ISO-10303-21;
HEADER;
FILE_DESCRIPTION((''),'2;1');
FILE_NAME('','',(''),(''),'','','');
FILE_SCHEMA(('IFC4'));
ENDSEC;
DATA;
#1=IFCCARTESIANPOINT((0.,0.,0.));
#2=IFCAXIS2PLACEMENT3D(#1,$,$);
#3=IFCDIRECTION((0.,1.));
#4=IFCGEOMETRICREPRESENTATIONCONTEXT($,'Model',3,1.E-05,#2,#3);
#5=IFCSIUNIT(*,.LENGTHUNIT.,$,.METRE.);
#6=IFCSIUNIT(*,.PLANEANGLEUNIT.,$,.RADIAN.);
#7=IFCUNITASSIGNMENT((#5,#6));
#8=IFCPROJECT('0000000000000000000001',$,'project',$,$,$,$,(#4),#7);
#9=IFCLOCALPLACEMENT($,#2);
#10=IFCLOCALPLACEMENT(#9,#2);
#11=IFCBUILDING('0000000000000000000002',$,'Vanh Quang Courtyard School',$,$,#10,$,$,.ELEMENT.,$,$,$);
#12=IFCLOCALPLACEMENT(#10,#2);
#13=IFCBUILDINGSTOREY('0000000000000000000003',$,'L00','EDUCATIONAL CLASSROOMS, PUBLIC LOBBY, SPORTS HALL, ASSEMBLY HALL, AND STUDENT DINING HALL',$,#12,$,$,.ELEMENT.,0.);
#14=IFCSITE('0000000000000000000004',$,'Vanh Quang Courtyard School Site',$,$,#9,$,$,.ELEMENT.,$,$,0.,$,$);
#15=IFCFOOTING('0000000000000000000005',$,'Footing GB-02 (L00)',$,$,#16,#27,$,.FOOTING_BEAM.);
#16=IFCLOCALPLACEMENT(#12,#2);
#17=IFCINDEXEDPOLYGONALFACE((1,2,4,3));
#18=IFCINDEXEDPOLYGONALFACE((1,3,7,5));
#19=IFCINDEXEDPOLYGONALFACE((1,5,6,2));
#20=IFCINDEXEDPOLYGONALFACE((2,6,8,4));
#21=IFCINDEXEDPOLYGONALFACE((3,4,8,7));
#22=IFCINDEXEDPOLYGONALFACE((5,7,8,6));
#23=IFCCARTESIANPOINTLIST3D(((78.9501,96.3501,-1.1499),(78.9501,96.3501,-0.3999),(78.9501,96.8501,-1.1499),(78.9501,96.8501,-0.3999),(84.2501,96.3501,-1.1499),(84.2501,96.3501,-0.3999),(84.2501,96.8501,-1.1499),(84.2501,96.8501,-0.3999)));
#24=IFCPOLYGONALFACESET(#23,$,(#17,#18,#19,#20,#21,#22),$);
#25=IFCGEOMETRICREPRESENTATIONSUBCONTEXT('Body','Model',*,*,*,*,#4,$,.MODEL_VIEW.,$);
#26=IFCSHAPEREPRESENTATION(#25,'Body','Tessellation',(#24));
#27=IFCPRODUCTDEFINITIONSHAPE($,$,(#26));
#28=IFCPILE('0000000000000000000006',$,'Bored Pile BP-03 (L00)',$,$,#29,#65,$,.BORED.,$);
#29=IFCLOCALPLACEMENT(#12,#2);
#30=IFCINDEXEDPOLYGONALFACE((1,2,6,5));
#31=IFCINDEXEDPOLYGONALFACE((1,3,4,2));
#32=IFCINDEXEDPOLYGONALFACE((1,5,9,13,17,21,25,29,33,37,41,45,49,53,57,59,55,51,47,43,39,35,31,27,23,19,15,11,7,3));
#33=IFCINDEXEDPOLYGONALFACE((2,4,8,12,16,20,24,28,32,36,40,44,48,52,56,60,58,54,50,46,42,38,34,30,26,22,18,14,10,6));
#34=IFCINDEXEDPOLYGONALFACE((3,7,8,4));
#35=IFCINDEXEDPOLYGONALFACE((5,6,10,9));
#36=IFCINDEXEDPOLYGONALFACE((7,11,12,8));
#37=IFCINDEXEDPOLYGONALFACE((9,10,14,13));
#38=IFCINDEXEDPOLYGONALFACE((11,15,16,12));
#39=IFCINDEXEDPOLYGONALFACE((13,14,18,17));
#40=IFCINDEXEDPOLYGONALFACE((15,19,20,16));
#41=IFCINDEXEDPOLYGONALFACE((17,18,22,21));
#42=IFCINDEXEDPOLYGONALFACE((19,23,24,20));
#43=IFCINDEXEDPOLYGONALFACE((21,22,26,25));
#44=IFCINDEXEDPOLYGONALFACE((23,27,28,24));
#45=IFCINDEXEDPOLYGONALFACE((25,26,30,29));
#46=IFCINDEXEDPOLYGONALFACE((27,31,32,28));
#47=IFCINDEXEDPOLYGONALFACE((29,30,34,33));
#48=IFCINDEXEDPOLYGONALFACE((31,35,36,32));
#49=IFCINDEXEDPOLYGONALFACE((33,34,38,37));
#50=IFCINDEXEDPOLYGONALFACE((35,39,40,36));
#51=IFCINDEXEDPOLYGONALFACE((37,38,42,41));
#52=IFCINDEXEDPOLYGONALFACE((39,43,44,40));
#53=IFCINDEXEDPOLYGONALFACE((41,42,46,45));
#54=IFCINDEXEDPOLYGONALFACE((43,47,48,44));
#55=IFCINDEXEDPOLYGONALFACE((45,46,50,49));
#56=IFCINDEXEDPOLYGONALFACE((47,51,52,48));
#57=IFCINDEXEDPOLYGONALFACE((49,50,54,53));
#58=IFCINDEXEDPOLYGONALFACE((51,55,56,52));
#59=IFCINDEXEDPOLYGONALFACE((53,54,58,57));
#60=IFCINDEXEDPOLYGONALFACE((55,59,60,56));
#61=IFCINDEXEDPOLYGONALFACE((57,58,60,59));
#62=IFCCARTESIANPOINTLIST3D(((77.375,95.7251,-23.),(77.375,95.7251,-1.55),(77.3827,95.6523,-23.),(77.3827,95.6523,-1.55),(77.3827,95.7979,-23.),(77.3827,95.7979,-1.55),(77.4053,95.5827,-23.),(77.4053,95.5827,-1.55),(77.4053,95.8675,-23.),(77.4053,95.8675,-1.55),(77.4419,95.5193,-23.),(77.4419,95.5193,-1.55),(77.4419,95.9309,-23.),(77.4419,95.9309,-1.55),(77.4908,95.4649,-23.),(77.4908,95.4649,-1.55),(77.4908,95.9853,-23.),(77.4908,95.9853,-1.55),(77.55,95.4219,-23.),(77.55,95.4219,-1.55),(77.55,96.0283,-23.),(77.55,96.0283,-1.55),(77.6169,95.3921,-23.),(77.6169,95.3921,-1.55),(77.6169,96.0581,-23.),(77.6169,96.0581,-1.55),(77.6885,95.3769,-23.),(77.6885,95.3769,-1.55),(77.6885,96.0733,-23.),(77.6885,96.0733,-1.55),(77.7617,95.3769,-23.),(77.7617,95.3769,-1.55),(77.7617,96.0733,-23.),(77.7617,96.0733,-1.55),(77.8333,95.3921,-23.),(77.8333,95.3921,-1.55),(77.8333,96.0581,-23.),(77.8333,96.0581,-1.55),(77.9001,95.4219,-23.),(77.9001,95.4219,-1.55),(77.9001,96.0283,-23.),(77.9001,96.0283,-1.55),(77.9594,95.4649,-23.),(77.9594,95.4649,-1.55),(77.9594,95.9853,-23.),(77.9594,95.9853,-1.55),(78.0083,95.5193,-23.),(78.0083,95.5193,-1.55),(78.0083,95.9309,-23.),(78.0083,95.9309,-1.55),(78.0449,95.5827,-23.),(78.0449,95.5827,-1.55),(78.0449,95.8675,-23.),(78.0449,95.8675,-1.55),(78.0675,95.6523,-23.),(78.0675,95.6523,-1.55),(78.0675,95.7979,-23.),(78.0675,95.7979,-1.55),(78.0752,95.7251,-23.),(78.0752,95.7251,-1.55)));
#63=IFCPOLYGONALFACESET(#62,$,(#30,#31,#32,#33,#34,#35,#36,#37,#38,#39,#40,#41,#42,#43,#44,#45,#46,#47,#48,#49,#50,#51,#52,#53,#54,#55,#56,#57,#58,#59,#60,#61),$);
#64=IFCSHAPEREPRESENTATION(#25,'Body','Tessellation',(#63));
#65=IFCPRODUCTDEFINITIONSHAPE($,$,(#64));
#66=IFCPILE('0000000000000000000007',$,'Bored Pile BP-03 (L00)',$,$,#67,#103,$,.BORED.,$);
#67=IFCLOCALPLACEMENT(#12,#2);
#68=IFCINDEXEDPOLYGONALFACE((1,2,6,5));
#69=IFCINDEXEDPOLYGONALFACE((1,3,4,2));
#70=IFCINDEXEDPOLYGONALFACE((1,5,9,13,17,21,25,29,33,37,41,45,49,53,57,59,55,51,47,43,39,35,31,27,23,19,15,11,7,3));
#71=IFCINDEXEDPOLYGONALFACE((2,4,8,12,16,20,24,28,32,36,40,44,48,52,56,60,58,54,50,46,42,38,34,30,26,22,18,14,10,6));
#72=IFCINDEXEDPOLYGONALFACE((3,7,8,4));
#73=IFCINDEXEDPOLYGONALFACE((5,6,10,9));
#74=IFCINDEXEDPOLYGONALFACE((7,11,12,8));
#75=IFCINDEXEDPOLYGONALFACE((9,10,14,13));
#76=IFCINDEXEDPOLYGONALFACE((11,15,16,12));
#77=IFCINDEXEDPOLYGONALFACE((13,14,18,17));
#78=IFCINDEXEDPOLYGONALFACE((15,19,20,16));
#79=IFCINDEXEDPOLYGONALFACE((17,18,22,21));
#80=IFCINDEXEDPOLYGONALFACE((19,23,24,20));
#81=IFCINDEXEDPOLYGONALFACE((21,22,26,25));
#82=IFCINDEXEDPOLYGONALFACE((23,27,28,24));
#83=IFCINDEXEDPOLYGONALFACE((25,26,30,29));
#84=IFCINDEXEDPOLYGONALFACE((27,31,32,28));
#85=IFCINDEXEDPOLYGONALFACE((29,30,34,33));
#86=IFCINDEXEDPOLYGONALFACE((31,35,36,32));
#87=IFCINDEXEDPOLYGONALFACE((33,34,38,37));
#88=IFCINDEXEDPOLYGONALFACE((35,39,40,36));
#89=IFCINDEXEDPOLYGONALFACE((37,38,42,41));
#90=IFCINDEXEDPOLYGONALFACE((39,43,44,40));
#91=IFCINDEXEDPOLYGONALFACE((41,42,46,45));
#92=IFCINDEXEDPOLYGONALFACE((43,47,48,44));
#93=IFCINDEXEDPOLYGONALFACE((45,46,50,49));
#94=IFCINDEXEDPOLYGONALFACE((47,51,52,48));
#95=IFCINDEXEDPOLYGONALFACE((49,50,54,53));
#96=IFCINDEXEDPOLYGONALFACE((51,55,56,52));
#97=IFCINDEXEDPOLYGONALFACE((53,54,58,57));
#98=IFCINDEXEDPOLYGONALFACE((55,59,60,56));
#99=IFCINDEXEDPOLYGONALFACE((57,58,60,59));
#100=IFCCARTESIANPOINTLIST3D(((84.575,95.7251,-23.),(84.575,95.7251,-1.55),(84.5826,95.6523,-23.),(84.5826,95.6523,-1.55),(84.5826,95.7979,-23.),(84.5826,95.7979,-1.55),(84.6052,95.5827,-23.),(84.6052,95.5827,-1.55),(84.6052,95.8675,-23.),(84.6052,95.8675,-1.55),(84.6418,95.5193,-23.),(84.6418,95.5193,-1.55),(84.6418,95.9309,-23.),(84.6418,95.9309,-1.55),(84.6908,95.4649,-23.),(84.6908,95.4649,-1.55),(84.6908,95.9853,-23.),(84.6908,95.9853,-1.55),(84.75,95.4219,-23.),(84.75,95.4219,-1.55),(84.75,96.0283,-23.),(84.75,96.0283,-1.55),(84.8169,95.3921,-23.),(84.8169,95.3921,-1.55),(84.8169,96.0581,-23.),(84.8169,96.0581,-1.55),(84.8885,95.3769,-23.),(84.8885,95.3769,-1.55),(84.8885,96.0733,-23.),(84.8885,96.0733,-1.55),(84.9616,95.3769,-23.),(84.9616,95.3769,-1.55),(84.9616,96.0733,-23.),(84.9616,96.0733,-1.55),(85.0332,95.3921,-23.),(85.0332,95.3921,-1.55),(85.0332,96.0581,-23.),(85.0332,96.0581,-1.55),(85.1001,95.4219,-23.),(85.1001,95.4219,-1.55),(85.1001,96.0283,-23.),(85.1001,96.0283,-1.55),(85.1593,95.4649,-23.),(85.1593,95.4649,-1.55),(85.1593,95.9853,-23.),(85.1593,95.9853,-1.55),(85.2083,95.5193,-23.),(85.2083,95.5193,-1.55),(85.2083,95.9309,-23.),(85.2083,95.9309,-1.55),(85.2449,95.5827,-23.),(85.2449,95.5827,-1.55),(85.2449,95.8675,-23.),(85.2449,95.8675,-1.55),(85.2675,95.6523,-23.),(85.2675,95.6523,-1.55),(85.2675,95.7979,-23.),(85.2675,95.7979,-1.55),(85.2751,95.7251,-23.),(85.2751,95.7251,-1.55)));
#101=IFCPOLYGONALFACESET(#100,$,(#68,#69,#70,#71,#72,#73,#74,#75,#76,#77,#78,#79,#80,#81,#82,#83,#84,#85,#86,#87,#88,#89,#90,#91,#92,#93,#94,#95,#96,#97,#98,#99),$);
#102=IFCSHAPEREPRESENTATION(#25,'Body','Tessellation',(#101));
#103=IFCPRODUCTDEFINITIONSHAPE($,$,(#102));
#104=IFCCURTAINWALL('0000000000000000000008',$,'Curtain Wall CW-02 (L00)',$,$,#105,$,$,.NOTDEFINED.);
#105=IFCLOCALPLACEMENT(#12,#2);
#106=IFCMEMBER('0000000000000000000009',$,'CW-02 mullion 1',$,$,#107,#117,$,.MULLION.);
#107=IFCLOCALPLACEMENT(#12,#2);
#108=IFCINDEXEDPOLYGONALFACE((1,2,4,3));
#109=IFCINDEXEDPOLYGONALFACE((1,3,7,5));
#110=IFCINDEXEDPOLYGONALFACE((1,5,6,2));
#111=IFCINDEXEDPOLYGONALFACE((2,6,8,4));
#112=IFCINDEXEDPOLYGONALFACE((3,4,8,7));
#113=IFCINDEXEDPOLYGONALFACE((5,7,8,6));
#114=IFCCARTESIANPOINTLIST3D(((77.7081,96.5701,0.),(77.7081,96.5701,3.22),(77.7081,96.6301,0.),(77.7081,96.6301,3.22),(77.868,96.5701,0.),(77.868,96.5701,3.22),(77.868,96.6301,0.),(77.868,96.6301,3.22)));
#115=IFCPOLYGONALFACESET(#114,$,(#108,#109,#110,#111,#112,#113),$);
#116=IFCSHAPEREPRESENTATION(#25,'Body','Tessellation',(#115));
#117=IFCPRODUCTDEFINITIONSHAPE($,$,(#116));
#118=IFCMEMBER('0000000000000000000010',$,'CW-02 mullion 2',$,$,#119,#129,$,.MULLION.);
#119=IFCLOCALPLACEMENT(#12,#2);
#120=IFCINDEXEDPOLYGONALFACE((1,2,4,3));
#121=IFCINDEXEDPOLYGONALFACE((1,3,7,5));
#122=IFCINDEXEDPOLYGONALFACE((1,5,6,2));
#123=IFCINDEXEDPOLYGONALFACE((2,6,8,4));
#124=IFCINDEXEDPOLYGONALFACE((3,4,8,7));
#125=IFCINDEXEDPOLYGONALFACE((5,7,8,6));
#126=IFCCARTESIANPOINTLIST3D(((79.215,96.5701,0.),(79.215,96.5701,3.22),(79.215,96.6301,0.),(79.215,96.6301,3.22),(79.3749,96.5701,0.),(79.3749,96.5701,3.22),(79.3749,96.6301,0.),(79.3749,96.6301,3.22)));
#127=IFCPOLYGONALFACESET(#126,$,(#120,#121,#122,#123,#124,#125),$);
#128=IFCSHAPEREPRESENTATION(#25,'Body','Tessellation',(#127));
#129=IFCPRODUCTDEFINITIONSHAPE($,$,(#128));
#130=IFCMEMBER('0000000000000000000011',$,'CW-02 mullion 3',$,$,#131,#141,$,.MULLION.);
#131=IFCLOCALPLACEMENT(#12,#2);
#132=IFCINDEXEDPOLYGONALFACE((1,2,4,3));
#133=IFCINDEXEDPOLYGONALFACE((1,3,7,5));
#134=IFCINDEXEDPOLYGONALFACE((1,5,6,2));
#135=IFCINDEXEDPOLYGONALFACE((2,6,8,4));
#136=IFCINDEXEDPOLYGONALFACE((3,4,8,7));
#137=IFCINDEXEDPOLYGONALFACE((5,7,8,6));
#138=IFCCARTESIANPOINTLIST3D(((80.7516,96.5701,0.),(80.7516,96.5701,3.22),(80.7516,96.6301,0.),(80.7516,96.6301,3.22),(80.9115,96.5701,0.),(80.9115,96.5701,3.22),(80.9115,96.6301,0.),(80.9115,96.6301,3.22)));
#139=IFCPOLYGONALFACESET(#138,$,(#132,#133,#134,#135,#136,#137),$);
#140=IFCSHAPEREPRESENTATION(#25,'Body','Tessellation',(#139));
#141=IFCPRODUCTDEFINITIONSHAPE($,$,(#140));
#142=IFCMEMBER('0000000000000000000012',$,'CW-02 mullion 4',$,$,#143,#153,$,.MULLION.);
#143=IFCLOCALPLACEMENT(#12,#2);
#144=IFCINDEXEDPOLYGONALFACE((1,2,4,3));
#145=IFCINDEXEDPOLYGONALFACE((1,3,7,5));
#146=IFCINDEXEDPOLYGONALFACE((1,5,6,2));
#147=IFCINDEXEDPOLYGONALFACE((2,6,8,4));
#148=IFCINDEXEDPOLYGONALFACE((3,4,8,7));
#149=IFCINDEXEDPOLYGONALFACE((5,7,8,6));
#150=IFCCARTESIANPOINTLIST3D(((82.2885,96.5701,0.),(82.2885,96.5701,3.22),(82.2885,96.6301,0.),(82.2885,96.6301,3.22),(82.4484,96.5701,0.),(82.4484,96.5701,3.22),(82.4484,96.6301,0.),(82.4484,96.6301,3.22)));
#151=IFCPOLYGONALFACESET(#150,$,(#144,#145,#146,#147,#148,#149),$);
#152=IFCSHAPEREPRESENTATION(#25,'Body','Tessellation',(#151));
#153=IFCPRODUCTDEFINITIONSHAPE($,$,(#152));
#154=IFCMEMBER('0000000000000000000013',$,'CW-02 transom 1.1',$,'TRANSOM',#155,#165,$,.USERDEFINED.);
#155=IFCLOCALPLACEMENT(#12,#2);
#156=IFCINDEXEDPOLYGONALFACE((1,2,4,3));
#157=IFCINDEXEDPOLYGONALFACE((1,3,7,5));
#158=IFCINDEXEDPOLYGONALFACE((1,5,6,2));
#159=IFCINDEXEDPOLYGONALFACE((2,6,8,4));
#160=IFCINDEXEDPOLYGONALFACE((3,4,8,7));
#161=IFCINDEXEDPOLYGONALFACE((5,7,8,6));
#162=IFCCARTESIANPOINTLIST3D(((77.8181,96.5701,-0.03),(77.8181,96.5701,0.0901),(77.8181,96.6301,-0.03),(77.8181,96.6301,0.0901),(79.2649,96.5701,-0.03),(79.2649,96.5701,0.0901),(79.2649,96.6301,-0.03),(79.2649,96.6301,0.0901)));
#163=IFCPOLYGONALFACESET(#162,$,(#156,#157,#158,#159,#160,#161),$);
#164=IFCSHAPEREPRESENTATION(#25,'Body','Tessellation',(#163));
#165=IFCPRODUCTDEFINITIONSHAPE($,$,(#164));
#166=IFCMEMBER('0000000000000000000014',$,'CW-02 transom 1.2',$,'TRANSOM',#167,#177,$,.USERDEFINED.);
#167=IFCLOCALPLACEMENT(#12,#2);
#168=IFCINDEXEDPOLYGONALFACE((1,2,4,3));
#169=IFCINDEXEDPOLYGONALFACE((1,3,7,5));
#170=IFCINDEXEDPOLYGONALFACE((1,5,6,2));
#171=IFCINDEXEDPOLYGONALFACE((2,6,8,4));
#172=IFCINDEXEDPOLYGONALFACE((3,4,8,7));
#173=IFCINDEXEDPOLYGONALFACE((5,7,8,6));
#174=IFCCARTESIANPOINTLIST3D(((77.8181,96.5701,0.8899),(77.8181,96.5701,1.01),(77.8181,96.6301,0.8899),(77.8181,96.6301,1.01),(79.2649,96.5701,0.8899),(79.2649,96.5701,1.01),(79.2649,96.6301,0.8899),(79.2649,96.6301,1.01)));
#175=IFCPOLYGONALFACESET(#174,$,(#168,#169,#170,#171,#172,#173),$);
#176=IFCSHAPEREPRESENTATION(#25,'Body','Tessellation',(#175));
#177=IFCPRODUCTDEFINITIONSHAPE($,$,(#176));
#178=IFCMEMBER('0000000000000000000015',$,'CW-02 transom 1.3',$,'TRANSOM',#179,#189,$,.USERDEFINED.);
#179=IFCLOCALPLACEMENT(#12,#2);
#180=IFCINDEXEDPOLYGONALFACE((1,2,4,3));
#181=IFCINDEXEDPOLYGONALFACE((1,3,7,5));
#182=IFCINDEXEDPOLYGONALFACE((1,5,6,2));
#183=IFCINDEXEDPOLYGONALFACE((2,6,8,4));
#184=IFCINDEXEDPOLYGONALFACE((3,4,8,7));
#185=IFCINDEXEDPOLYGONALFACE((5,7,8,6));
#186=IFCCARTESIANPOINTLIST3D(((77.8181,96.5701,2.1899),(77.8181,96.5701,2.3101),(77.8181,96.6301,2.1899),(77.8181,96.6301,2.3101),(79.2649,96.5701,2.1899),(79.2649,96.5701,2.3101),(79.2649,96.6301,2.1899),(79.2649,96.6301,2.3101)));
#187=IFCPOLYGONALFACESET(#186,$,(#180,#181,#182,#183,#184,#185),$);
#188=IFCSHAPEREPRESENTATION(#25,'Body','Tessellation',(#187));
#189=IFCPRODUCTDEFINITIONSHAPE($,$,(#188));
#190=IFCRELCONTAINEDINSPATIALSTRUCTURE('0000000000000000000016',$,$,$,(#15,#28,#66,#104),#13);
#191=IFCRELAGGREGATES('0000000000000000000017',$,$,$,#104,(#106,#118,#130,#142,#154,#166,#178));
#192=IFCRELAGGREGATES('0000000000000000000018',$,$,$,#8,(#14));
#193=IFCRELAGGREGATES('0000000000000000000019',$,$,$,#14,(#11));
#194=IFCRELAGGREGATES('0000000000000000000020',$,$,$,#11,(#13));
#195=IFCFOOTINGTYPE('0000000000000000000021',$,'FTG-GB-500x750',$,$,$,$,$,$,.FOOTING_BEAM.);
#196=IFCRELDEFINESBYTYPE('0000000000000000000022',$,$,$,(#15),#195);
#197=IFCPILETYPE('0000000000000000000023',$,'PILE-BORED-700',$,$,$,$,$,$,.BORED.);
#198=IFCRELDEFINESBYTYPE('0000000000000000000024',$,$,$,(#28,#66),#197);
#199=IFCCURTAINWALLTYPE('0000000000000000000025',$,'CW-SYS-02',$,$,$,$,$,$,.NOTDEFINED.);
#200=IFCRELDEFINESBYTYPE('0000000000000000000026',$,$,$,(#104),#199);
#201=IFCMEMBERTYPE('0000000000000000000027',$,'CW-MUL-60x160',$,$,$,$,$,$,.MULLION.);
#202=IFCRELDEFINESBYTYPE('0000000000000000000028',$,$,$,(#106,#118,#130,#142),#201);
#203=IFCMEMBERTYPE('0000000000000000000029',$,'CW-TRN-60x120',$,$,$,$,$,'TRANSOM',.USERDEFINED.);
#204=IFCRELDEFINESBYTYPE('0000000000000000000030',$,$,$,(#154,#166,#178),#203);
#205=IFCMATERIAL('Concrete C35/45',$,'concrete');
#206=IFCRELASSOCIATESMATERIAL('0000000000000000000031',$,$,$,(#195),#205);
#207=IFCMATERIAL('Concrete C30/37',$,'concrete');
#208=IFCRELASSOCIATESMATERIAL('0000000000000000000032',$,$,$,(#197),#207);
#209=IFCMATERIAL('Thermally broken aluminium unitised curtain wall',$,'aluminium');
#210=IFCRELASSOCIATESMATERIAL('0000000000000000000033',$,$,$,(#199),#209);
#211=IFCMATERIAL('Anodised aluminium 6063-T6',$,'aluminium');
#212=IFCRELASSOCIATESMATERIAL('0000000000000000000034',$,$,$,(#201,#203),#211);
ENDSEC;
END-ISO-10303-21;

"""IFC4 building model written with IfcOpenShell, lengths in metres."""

from ifc_helpers import new_model, si_unit, direction, frame, origin, origin_2d, place, context, subcontext, project, spatial, rectangle, circle, extrude, material, material_profile, profile_set, type_object, element, aggregate, save


model = new_model("IFC4")

# Units and contexts
model_context = context("Model", 3, precision=1e-05, world=origin(), true_north=direction((0.0, 1.0)))
body_context = subcontext(model_context, "Body", "Model", "MODEL_VIEW")
ifc_project = project(units=[si_unit("LENGTHUNIT", "METRE"), si_unit("PLANEANGLEUNIT", "RADIAN")], contexts=[model_context])

# Site, building, storey
site_placement = place(None, origin())
site = spatial("IfcSite", under=ifc_project, at=site_placement, Name="Vanh Quang Courtyard School Site", CompositionType="ELEMENT", RefElevation=0.0)
building_placement = place(site_placement, origin())
building = spatial("IfcBuilding", under=site, at=building_placement, Name="Vanh Quang Courtyard School", CompositionType="ELEMENT")
storey_placement = place(building_placement, origin())
storey = spatial("IfcBuildingStorey", under=building, at=storey_placement, Name="L00", Description="EDUCATIONAL CLASSROOMS, PUBLIC LOBBY, SPORTS HALL, ASSEMBLY HALL, AND STUDENT DINING HALL", CompositionType="ELEMENT", Elevation=0.0)

# Footing
ifc_material_1 = material(Name="Concrete C35/45", Category="concrete")
footing_type = type_object("IfcFootingType", Name="FTG-GB-500x750", PredefinedType="FOOTING_BEAM", material=ifc_material_1)
footing_placement = place(storey_placement, frame((81.6001, 96.6001, -1.1499), z_axis=(0.0, 0.0, 1.0), x_axis=(1.0, 0.0, 0.0)))
element("IfcFooting", 1, at=footing_placement, inside=storey, type_object=footing_type, Name="Footing GB-02 (L00)", PredefinedType="FOOTING_BEAM", context=body_context, shape_type="SweptSolid", body=[
    extrude(rectangle(XDim=5.3, YDim=0.5, at=origin_2d()), origin(), (0.0, 0.0, 1.0), 0.75),
])

# Piles
ifc_material_2 = material(Name="Concrete C30/37", Category="concrete")
ifc_material_profile_1 = material_profile(ifc_material_2, circle(Radius=0.3501, at=origin_2d()), Name="PILE D700")
ifc_profile_set_1 = profile_set([ifc_material_profile_1], Name="Concrete C30/37")
pile_type = type_object("IfcPileType", Name="PILE-BORED-700", PredefinedType="BORED", material=ifc_profile_set_1)
for number, where, z_axis, x_axis, name in (
    (2, (77.7251, 95.7251, -1.55), (0.0, 0.0, -1.0), (1.0, 0.0, 0.0), "Bored Pile BP-03 (L00)"),
    (3, (84.925, 95.7251, -1.55), (0.0, 0.0, -1.0), (1.0, 0.0, 0.0), "Bored Pile BP-03 (L00)"),
):
    element("IfcPile", number, at=place(storey_placement, frame(where, z_axis=z_axis, x_axis=x_axis)), inside=storey, type_object=pile_type, Name=name, PredefinedType="BORED", context=body_context, shape_type="SweptSolid", body=[
        extrude(circle(Radius=0.3501, at=origin_2d()), origin(), (0.0, 0.0, 1.0), 21.45),
    ])

# Curtain wall, members
ifc_material_3 = material(Name="Thermally broken aluminium unitised curtain wall", Category="aluminium")
curtain_wall_type = type_object("IfcCurtainWallType", Name="CW-SYS-02", PredefinedType="NOTDEFINED", material=ifc_material_3)
curtain_wall_placement = place(storey_placement, origin())
curtain_wall = element("IfcCurtainWall", 4, at=curtain_wall_placement, inside=storey, type_object=curtain_wall_type, Name="Curtain Wall CW-02 (L00)", PredefinedType="NOTDEFINED")
ifc_material_4 = material(Name="Anodised aluminium 6063-T6", Category="aluminium")
ifc_material_profile_2 = material_profile(ifc_material_4, rectangle(XDim=0.0601, YDim=0.1599, at=origin_2d()), Name="ALU-MUL 60x160")
ifc_profile_set_2 = profile_set([ifc_material_profile_2], Name="Anodised aluminium 6063-T6")
member_type_1 = type_object("IfcMemberType", Name="CW-MUL-60x160", PredefinedType="MULLION", material=ifc_profile_set_2)
member_1_placement = place(storey_placement, frame((77.7881, 96.6001, 0.0), z_axis=(0.0, 0.0, 1.0), x_axis=(0.0, 1.0, 0.0)))
member_1 = element("IfcMember", 5, at=member_1_placement, type_object=member_type_1, Name="CW-02 mullion 1", PredefinedType="MULLION", context=body_context, shape_type="SweptSolid", body=[
    extrude(rectangle(XDim=0.0601, YDim=0.1599, at=origin_2d()), origin(), (0.0, 0.0, 1.0), 3.22),
])
member_2_placement = place(storey_placement, frame((79.2949, 96.6001, 0.0), z_axis=(0.0, 0.0, 1.0), x_axis=(0.0, 1.0, 0.0)))
member_2 = element("IfcMember", 6, at=member_2_placement, type_object=member_type_1, Name="CW-02 mullion 2", PredefinedType="MULLION", context=body_context, shape_type="SweptSolid", body=[
    extrude(rectangle(XDim=0.0601, YDim=0.1599, at=origin_2d()), origin(), (0.0, 0.0, 1.0), 3.22),
])
member_3_placement = place(storey_placement, frame((80.8315, 96.6001, 0.0), z_axis=(0.0, 0.0, 1.0), x_axis=(0.0, 1.0, 0.0)))
member_3 = element("IfcMember", 7, at=member_3_placement, type_object=member_type_1, Name="CW-02 mullion 3", PredefinedType="MULLION", context=body_context, shape_type="SweptSolid", body=[
    extrude(rectangle(XDim=0.0601, YDim=0.1599, at=origin_2d()), origin(), (0.0, 0.0, 1.0), 3.22),
])
member_4_placement = place(storey_placement, frame((82.3684, 96.6001, 0.0), z_axis=(0.0, 0.0, 1.0), x_axis=(0.0, 1.0, 0.0)))
member_4 = element("IfcMember", 8, at=member_4_placement, type_object=member_type_1, Name="CW-02 mullion 4", PredefinedType="MULLION", context=body_context, shape_type="SweptSolid", body=[
    extrude(rectangle(XDim=0.0601, YDim=0.1599, at=origin_2d()), origin(), (0.0, 0.0, 1.0), 3.22),
])
ifc_material_profile_3 = material_profile(ifc_material_4, rectangle(XDim=0.0601, YDim=0.1201, at=origin_2d()), Name="ALU-TRN 60x120")
ifc_profile_set_3 = profile_set([ifc_material_profile_3], Name="Anodised aluminium 6063-T6")
member_type_2 = type_object("IfcMemberType", Name="CW-TRN-60x120", ElementType="TRANSOM", PredefinedType="USERDEFINED", material=ifc_profile_set_3)
member_5_placement = place(storey_placement, frame((77.8181, 96.6001, 0.03), z_axis=(1.0, 0.0, 0.0), x_axis=(0.0, 1.0, 0.0)))
member_5 = element("IfcMember", 9, at=member_5_placement, type_object=member_type_2, Name="CW-02 transom 1.1", ObjectType="TRANSOM", PredefinedType="USERDEFINED", context=body_context, shape_type="SweptSolid", body=[
    extrude(rectangle(XDim=0.0601, YDim=0.1201, at=origin_2d()), origin(), (0.0, 0.0, 1.0), 1.4468),
])
member_6_placement = place(storey_placement, frame((77.8181, 96.6001, 0.95), z_axis=(1.0, 0.0, 0.0), x_axis=(0.0, 1.0, 0.0)))
member_6 = element("IfcMember", 10, at=member_6_placement, type_object=member_type_2, Name="CW-02 transom 1.2", ObjectType="TRANSOM", PredefinedType="USERDEFINED", context=body_context, shape_type="SweptSolid", body=[
    extrude(rectangle(XDim=0.0601, YDim=0.1201, at=origin_2d()), origin(), (0.0, 0.0, 1.0), 1.4468),
])
member_7_placement = place(storey_placement, frame((77.8181, 96.6001, 2.25), z_axis=(1.0, 0.0, 0.0), x_axis=(0.0, 1.0, 0.0)))
member_7 = element("IfcMember", 11, at=member_7_placement, type_object=member_type_2, Name="CW-02 transom 1.3", ObjectType="TRANSOM", PredefinedType="USERDEFINED", context=body_context, shape_type="SweptSolid", body=[
    extrude(rectangle(XDim=0.0601, YDim=0.1201, at=origin_2d()), origin(), (0.0, 0.0, 1.0), 1.4468),
])
aggregate(curtain_wall, [member_1, member_2, member_3, member_4, member_5, member_6, member_7])

save(model, "model.ifc")
